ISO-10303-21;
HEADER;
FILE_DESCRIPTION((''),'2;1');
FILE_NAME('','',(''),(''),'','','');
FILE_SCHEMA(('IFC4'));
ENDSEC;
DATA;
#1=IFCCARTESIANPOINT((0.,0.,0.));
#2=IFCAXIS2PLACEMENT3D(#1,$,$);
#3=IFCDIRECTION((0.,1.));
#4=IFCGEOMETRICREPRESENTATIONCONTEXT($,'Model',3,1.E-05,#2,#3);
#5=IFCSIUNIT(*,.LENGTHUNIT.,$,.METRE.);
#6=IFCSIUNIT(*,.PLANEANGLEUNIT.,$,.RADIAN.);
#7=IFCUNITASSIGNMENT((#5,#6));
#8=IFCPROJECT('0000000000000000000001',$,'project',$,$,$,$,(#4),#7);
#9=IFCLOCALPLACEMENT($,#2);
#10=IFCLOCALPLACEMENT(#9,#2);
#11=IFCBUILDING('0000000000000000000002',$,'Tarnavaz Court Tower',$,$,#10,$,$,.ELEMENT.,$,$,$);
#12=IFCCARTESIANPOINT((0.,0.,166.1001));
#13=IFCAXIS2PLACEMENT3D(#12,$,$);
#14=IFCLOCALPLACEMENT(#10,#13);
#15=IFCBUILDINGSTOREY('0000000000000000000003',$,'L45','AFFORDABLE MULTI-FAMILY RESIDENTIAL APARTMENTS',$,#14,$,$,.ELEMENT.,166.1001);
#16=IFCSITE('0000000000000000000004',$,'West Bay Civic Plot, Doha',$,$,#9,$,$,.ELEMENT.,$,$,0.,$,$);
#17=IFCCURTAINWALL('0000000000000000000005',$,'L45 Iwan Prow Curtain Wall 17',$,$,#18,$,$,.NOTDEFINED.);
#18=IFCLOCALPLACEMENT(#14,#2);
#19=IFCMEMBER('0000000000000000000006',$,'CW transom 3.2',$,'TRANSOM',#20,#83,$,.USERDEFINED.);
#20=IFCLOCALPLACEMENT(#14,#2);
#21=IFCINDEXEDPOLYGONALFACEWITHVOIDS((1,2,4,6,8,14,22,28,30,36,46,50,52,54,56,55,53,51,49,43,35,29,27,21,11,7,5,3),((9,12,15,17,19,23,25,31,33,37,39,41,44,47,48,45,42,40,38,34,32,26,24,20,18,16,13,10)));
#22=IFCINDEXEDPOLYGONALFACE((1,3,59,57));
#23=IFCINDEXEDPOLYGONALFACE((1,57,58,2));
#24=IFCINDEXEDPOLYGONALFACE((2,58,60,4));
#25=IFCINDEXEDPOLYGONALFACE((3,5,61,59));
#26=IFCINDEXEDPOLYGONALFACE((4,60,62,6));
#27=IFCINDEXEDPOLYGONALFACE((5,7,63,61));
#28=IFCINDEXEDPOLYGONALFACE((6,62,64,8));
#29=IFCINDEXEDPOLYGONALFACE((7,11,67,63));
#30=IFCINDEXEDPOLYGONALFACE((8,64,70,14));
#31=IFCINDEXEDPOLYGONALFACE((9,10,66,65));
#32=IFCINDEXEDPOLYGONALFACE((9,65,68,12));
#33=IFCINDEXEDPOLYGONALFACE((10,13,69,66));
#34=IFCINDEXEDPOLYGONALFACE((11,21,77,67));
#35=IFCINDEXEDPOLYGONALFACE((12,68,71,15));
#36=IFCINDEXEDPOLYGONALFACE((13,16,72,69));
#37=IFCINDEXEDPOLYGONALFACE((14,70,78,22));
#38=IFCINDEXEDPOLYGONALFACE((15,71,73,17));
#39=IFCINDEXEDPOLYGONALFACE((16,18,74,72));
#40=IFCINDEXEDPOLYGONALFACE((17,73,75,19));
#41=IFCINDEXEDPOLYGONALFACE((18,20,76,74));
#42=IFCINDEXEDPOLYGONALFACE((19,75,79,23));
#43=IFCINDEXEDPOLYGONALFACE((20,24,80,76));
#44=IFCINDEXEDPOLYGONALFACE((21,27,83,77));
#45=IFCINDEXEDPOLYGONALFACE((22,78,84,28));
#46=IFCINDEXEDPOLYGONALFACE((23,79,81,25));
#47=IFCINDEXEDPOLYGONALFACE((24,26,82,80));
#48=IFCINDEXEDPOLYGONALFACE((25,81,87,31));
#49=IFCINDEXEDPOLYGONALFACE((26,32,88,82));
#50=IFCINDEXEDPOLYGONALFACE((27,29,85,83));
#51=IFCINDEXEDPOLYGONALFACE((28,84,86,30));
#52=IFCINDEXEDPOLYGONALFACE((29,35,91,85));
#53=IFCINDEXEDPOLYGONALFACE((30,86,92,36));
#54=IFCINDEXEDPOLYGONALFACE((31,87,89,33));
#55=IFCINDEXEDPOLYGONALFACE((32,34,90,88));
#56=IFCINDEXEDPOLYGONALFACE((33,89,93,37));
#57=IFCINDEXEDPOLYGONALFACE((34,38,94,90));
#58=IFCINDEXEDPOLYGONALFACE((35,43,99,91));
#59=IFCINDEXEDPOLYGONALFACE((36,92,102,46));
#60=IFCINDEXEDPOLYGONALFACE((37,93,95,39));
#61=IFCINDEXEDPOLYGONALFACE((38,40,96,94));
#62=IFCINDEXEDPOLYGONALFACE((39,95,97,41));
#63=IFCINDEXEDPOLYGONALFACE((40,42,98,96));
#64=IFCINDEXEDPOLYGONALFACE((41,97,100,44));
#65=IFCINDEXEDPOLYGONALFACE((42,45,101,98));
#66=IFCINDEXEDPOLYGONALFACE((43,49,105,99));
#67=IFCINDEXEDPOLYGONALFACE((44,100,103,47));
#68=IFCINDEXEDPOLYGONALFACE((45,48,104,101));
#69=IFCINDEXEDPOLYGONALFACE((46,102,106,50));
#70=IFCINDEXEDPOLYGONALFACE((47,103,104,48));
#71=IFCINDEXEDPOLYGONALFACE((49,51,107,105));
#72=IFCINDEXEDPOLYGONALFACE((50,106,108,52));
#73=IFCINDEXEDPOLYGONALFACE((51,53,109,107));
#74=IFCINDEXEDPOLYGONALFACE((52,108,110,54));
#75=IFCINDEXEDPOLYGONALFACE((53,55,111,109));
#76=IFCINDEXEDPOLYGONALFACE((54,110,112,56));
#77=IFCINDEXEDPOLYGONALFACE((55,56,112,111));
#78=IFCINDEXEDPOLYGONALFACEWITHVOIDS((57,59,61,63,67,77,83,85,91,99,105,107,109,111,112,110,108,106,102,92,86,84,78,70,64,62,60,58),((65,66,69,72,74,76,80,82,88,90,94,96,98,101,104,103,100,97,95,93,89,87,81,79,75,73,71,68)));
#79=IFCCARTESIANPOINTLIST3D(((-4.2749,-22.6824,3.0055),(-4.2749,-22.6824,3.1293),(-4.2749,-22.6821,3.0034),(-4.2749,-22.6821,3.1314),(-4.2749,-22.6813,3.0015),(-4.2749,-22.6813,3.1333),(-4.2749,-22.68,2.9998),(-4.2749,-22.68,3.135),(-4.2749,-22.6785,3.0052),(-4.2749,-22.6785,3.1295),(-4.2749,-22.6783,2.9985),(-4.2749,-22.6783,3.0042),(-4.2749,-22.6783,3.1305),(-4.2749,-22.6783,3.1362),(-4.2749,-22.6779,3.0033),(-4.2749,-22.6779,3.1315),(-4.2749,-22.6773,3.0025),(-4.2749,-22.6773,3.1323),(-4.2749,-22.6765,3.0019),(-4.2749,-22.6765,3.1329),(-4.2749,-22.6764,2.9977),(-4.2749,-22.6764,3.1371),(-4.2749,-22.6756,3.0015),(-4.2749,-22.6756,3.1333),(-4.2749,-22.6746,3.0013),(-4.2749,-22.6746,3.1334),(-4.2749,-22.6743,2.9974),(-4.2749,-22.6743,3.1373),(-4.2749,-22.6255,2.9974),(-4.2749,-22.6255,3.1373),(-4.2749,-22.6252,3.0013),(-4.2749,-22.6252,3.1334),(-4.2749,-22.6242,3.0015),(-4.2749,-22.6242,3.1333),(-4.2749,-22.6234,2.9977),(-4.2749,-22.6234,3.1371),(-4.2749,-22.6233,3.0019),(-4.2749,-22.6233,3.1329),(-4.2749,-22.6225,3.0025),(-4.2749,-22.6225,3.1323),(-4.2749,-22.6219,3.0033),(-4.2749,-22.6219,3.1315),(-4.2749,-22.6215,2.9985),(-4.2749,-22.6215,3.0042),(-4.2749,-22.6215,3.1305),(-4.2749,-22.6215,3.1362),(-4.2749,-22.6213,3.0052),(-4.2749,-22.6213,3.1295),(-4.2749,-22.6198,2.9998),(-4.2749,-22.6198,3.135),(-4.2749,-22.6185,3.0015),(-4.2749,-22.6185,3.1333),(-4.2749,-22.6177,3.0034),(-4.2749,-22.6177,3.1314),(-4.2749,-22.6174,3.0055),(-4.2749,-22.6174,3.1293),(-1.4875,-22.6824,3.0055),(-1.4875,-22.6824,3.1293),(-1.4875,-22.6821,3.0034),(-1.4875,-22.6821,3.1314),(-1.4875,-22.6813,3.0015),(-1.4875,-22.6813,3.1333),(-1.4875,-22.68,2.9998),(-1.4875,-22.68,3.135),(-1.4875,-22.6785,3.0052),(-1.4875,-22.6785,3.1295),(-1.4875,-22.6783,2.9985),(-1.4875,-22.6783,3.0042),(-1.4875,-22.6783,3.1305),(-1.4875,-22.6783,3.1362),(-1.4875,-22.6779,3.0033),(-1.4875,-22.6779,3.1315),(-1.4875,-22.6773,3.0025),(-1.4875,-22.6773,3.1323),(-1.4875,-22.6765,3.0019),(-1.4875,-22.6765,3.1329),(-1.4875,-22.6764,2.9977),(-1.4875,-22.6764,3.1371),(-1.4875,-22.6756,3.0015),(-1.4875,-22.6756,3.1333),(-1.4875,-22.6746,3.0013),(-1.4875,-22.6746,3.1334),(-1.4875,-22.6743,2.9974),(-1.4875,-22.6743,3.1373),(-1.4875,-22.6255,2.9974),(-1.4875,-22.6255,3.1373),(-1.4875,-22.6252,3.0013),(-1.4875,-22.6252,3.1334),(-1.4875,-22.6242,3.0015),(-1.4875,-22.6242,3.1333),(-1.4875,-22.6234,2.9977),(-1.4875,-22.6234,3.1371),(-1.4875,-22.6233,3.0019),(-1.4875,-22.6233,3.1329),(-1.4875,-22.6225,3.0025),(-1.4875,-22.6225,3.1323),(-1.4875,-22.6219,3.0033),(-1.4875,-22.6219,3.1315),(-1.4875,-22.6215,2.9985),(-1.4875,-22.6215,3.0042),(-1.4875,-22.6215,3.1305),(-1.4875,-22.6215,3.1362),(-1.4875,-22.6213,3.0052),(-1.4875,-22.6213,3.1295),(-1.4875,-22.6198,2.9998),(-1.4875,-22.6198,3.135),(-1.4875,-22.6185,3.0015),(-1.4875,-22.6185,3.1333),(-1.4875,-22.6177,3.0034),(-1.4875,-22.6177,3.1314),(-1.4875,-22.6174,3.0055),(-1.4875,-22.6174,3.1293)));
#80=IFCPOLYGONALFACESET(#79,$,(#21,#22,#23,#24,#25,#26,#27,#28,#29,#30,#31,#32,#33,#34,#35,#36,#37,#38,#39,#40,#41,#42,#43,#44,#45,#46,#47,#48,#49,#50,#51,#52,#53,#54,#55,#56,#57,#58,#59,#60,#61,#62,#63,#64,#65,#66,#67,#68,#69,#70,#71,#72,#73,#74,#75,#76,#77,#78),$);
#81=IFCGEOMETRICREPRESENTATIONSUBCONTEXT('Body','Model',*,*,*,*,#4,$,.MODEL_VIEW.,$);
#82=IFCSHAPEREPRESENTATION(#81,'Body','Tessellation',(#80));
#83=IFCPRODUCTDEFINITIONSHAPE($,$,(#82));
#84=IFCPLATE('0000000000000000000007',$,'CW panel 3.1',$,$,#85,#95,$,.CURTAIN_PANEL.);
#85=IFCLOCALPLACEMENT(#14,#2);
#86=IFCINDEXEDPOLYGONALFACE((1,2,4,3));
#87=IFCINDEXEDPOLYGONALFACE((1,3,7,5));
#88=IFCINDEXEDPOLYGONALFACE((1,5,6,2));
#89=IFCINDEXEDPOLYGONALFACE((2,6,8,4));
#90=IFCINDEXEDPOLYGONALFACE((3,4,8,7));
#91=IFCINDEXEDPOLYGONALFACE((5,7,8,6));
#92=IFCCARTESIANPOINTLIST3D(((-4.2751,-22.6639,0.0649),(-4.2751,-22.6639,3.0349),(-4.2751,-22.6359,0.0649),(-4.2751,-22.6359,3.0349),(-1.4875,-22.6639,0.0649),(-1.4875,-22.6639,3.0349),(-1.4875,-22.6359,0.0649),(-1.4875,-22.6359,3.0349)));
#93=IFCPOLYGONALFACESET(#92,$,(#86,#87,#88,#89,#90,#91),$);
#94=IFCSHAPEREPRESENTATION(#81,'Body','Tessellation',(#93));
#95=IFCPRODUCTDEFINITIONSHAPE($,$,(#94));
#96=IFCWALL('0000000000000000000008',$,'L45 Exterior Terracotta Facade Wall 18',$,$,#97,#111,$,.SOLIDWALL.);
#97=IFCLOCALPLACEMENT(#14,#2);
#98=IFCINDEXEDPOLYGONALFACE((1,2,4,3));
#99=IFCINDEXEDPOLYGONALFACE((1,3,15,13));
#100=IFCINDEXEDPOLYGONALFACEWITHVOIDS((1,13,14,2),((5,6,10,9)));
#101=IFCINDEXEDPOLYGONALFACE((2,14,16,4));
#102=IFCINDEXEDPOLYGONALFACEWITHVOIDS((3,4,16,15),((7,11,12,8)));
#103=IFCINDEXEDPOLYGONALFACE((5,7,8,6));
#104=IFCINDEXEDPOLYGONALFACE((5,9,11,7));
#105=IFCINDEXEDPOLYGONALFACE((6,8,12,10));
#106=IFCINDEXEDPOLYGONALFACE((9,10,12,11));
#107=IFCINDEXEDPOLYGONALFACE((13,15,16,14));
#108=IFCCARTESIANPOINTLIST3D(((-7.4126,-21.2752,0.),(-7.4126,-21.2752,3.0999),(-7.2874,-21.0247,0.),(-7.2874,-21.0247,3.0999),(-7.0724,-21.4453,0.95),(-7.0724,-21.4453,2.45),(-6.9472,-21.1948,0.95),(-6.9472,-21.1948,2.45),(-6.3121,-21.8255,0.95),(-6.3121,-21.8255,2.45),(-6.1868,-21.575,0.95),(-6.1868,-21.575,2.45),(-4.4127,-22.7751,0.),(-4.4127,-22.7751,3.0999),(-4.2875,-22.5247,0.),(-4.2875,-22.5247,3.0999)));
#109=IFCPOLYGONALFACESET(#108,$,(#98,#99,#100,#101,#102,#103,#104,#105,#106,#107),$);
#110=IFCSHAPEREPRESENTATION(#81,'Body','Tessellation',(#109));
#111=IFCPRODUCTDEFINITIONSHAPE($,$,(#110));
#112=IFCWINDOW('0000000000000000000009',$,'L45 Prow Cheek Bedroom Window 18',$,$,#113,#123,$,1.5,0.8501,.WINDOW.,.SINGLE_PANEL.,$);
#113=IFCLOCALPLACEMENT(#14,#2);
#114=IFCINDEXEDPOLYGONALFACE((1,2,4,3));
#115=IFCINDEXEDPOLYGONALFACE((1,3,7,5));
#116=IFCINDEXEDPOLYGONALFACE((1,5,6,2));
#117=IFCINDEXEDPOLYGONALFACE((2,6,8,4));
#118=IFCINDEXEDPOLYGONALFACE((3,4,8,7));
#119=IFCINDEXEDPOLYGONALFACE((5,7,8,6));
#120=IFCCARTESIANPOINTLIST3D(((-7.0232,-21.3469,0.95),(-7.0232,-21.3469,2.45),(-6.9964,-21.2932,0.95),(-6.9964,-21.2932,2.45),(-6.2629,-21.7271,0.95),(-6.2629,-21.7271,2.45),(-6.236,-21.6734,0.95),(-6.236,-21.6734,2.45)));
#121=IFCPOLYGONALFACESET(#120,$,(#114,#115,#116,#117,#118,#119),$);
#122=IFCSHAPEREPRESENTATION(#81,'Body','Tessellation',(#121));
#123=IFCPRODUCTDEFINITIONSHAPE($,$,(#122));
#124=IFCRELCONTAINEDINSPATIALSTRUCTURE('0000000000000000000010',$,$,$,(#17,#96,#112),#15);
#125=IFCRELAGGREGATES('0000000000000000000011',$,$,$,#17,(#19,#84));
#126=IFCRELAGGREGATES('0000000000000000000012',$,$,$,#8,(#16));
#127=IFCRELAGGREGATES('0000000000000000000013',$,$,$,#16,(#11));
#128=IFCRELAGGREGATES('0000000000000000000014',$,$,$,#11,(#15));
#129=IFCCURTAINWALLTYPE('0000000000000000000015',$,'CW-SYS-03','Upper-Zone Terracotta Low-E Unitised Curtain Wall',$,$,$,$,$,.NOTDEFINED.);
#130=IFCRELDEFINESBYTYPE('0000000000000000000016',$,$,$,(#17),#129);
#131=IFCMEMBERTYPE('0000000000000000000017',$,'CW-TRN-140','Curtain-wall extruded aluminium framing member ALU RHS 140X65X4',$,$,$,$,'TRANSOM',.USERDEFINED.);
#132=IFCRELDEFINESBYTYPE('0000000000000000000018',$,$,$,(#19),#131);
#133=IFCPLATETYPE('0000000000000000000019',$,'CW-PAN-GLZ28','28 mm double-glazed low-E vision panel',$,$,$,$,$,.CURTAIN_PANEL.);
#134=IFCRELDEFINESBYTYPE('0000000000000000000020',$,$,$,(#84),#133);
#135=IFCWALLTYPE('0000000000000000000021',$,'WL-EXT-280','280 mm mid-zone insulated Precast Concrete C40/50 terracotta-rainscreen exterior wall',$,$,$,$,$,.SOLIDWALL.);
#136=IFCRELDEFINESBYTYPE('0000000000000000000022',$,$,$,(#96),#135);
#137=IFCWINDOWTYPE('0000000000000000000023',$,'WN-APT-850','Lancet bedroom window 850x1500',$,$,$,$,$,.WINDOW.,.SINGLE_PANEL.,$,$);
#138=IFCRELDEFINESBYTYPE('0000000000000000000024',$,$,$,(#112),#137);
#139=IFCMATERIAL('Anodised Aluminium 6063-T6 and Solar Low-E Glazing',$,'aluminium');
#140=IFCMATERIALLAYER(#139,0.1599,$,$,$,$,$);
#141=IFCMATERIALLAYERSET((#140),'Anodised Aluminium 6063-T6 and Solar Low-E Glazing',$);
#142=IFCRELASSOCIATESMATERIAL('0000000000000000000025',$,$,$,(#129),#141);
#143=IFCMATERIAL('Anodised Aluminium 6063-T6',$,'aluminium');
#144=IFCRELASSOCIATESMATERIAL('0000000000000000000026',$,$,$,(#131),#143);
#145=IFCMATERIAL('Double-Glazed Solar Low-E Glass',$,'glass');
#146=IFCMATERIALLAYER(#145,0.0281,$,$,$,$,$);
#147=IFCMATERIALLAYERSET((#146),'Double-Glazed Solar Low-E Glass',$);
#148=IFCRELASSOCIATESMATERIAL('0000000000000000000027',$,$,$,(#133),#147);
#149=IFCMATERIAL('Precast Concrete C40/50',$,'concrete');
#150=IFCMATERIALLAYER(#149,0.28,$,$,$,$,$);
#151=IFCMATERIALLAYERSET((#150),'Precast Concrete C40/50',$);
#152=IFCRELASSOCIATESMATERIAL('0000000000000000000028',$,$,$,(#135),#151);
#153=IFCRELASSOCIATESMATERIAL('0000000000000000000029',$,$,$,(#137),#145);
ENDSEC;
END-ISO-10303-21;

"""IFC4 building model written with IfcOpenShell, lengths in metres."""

from ifc_helpers import new_model, si_unit, direction, frame, frame_2d, origin, origin_2d, place, context, subcontext, project, spatial, rectangle, hollow_rectangle, extrude, material, layer, layer_set, material_profile, profile_set, type_object, element, fill, aggregate, save


model = new_model("IFC4")

# Units and contexts
model_context = context("Model", 3, precision=1e-05, world=origin(), true_north=direction((0.0, 1.0)))
body_context = subcontext(model_context, "Body", "Model", "MODEL_VIEW")
ifc_project = project(units=[si_unit("LENGTHUNIT", "METRE"), si_unit("PLANEANGLEUNIT", "RADIAN")], contexts=[model_context])

# Site, building, storey
site_placement = place(None, origin())
site = spatial("IfcSite", under=ifc_project, at=site_placement, Name="West Bay Civic Plot, Doha", CompositionType="ELEMENT", RefElevation=0.0)
building_placement = place(site_placement, origin())
building = spatial("IfcBuilding", under=site, at=building_placement, Name="Tarnavaz Court Tower", CompositionType="ELEMENT")
storey_placement = place(building_placement, frame((0.0, 0.0, 166.1001)))
storey = spatial("IfcBuildingStorey", under=building, at=storey_placement, Name="L45", Description="AFFORDABLE MULTI-FAMILY RESIDENTIAL APARTMENTS", CompositionType="ELEMENT", Elevation=166.1001)

# Curtain wall, member, plate
ifc_material_1 = material(Name="Anodised Aluminium 6063-T6 and Solar Low-E Glazing", Category="aluminium")
ifc_layer_1 = layer(ifc_material_1, 0.1599)
ifc_layer_set_1 = layer_set([ifc_layer_1], Name="Anodised Aluminium 6063-T6 and Solar Low-E Glazing")
curtain_wall_type = type_object("IfcCurtainWallType", Name="CW-SYS-03", Description="Upper-Zone Terracotta Low-E Unitised Curtain Wall", PredefinedType="NOTDEFINED", material=ifc_layer_set_1)
curtain_wall_placement = place(storey_placement, origin())
curtain_wall = element("IfcCurtainWall", 1, at=curtain_wall_placement, inside=storey, type_object=curtain_wall_type, Name="L45 Iwan Prow Curtain Wall 17", PredefinedType="NOTDEFINED")
ifc_material_2 = material(Name="Anodised Aluminium 6063-T6", Category="aluminium")
ifc_material_profile_1 = material_profile(ifc_material_2, hollow_rectangle(XDim=0.0649, YDim=0.1399, WallThickness=0.0039, InnerFilletRadius=0.0039, OuterFilletRadius=0.0081, at=origin_2d()), Name="ALU RHS 140X65X4")
ifc_profile_set_1 = profile_set([ifc_material_profile_1], Name="Anodised Aluminium 6063-T6")
member_type_1 = type_object("IfcMemberType", Name="CW-TRN-140", Description="Curtain-wall extruded aluminium framing member ALU RHS 140X65X4", ElementType="TRANSOM", PredefinedType="USERDEFINED", material=ifc_profile_set_1)
member_1_placement = place(storey_placement, frame((-1.4875, -22.6499, 3.0674), z_axis=(-1.0, 0.0, 0.0), x_axis=(0.0, -1.0, 0.0)))
member_1 = element("IfcMember", 2, at=member_1_placement, type_object=member_type_1, Name="CW transom 3.2", ObjectType="TRANSOM", PredefinedType="USERDEFINED", context=body_context, shape_type="SweptSolid", body=[
    extrude(hollow_rectangle(XDim=0.0649, YDim=0.1399, WallThickness=0.0039, InnerFilletRadius=0.0039, OuterFilletRadius=0.0081, at=origin_2d()), origin(), (0.0, 0.0, 1.0), 2.7874),
])
ifc_material_3 = material(Name="Double-Glazed Solar Low-E Glass", Category="glass")
ifc_layer_2 = layer(ifc_material_3, 0.0281)
ifc_layer_set_2 = layer_set([ifc_layer_2], Name="Double-Glazed Solar Low-E Glass")
plate_type = type_object("IfcPlateType", Name="CW-PAN-GLZ28", Description="28 mm double-glazed low-E vision panel", PredefinedType="CURTAIN_PANEL", material=ifc_layer_set_2)
plate_placement = place(storey_placement, frame((-2.8813, -22.6499, 0.0649), z_axis=(0.0, 0.0, 1.0), x_axis=(-1.0, 0.0, 0.0)))
plate = element("IfcPlate", 3, at=plate_placement, type_object=plate_type, Name="CW panel 3.1", PredefinedType="CURTAIN_PANEL", context=body_context, shape_type="SweptSolid", body=[
    extrude(rectangle(XDim=2.7876, YDim=0.0281, at=origin_2d()), origin(), (0.0, 0.0, 1.0), 2.97),
])
aggregate(curtain_wall, [member_1, plate])

# Wall, opening, window
ifc_material_4 = material(Name="Precast Concrete C40/50", Category="concrete")
ifc_layer_3 = layer(ifc_material_4, 0.28)
ifc_layer_set_3 = layer_set([ifc_layer_3], Name="Precast Concrete C40/50")
wall_type_1 = type_object("IfcWallType", Name="WL-EXT-280", Description="280 mm mid-zone insulated Precast Concrete C40/50 terracotta-rainscreen exterior wall", PredefinedType="SOLIDWALL", material=ifc_layer_set_3)
wall_1_placement = place(storey_placement, frame((-4.3501, -22.6499, 0.0), z_axis=(0.0, 0.0, 1.0), x_axis=(-0.894427, 0.447214, 0.0)))
wall_1 = element("IfcWall", 4, at=wall_1_placement, inside=storey, type_object=wall_type_1, Name="L45 Exterior Terracotta Facade Wall 18", PredefinedType="SOLIDWALL", context=body_context, shape_type="SweptSolid", body=[
    extrude(rectangle(XDim=3.354, YDim=0.28, at=frame_2d((1.677, 0.0))), origin(), (0.0, 0.0, 1.0), 3.0999),
])
opening_1_placement = place(wall_1_placement, frame((2.1235, 0.0, 0.95)))
opening_1 = element("IfcOpeningElement", 5, at=opening_1_placement, cuts=wall_1, PredefinedType="OPENING", context=body_context, shape_type="SweptSolid", body=[
    extrude(rectangle(XDim=0.8501, YDim=1.5, at=frame_2d((0.425, 0.75))), frame((0.0, 0.1499, 0.0), z_axis=(0.0, -1.0, 0.0), x_axis=(1.0, 0.0, 0.0)), (0.0, 0.0, 1.0), 0.3),
])
window_type_1 = type_object("IfcWindowType", Name="WN-APT-850", Description="Lancet bedroom window 850x1500", PartitioningType="SINGLE_PANEL", PredefinedType="WINDOW", material=ifc_material_3)
window_1_placement = place(opening_1_placement, origin())
window_1 = element("IfcWindow", 6, at=window_1_placement, inside=storey, type_object=window_type_1, Name="L45 Prow Cheek Bedroom Window 18", OverallHeight=1.5, OverallWidth=0.8501, PartitioningType="SINGLE_PANEL", PredefinedType="WINDOW", context=body_context, shape_type="SweptSolid", body=[
    extrude(rectangle(XDim=0.8501, YDim=1.5, at=frame_2d((0.425, 0.75))), frame((0.0, 0.03, 0.0), z_axis=(0.0, -1.0, 0.0), x_axis=(1.0, 0.0, 0.0)), (0.0, 0.0, 1.0), 0.0601),
])
fill(opening_1, window_1)

save(model, "model.ifc")
